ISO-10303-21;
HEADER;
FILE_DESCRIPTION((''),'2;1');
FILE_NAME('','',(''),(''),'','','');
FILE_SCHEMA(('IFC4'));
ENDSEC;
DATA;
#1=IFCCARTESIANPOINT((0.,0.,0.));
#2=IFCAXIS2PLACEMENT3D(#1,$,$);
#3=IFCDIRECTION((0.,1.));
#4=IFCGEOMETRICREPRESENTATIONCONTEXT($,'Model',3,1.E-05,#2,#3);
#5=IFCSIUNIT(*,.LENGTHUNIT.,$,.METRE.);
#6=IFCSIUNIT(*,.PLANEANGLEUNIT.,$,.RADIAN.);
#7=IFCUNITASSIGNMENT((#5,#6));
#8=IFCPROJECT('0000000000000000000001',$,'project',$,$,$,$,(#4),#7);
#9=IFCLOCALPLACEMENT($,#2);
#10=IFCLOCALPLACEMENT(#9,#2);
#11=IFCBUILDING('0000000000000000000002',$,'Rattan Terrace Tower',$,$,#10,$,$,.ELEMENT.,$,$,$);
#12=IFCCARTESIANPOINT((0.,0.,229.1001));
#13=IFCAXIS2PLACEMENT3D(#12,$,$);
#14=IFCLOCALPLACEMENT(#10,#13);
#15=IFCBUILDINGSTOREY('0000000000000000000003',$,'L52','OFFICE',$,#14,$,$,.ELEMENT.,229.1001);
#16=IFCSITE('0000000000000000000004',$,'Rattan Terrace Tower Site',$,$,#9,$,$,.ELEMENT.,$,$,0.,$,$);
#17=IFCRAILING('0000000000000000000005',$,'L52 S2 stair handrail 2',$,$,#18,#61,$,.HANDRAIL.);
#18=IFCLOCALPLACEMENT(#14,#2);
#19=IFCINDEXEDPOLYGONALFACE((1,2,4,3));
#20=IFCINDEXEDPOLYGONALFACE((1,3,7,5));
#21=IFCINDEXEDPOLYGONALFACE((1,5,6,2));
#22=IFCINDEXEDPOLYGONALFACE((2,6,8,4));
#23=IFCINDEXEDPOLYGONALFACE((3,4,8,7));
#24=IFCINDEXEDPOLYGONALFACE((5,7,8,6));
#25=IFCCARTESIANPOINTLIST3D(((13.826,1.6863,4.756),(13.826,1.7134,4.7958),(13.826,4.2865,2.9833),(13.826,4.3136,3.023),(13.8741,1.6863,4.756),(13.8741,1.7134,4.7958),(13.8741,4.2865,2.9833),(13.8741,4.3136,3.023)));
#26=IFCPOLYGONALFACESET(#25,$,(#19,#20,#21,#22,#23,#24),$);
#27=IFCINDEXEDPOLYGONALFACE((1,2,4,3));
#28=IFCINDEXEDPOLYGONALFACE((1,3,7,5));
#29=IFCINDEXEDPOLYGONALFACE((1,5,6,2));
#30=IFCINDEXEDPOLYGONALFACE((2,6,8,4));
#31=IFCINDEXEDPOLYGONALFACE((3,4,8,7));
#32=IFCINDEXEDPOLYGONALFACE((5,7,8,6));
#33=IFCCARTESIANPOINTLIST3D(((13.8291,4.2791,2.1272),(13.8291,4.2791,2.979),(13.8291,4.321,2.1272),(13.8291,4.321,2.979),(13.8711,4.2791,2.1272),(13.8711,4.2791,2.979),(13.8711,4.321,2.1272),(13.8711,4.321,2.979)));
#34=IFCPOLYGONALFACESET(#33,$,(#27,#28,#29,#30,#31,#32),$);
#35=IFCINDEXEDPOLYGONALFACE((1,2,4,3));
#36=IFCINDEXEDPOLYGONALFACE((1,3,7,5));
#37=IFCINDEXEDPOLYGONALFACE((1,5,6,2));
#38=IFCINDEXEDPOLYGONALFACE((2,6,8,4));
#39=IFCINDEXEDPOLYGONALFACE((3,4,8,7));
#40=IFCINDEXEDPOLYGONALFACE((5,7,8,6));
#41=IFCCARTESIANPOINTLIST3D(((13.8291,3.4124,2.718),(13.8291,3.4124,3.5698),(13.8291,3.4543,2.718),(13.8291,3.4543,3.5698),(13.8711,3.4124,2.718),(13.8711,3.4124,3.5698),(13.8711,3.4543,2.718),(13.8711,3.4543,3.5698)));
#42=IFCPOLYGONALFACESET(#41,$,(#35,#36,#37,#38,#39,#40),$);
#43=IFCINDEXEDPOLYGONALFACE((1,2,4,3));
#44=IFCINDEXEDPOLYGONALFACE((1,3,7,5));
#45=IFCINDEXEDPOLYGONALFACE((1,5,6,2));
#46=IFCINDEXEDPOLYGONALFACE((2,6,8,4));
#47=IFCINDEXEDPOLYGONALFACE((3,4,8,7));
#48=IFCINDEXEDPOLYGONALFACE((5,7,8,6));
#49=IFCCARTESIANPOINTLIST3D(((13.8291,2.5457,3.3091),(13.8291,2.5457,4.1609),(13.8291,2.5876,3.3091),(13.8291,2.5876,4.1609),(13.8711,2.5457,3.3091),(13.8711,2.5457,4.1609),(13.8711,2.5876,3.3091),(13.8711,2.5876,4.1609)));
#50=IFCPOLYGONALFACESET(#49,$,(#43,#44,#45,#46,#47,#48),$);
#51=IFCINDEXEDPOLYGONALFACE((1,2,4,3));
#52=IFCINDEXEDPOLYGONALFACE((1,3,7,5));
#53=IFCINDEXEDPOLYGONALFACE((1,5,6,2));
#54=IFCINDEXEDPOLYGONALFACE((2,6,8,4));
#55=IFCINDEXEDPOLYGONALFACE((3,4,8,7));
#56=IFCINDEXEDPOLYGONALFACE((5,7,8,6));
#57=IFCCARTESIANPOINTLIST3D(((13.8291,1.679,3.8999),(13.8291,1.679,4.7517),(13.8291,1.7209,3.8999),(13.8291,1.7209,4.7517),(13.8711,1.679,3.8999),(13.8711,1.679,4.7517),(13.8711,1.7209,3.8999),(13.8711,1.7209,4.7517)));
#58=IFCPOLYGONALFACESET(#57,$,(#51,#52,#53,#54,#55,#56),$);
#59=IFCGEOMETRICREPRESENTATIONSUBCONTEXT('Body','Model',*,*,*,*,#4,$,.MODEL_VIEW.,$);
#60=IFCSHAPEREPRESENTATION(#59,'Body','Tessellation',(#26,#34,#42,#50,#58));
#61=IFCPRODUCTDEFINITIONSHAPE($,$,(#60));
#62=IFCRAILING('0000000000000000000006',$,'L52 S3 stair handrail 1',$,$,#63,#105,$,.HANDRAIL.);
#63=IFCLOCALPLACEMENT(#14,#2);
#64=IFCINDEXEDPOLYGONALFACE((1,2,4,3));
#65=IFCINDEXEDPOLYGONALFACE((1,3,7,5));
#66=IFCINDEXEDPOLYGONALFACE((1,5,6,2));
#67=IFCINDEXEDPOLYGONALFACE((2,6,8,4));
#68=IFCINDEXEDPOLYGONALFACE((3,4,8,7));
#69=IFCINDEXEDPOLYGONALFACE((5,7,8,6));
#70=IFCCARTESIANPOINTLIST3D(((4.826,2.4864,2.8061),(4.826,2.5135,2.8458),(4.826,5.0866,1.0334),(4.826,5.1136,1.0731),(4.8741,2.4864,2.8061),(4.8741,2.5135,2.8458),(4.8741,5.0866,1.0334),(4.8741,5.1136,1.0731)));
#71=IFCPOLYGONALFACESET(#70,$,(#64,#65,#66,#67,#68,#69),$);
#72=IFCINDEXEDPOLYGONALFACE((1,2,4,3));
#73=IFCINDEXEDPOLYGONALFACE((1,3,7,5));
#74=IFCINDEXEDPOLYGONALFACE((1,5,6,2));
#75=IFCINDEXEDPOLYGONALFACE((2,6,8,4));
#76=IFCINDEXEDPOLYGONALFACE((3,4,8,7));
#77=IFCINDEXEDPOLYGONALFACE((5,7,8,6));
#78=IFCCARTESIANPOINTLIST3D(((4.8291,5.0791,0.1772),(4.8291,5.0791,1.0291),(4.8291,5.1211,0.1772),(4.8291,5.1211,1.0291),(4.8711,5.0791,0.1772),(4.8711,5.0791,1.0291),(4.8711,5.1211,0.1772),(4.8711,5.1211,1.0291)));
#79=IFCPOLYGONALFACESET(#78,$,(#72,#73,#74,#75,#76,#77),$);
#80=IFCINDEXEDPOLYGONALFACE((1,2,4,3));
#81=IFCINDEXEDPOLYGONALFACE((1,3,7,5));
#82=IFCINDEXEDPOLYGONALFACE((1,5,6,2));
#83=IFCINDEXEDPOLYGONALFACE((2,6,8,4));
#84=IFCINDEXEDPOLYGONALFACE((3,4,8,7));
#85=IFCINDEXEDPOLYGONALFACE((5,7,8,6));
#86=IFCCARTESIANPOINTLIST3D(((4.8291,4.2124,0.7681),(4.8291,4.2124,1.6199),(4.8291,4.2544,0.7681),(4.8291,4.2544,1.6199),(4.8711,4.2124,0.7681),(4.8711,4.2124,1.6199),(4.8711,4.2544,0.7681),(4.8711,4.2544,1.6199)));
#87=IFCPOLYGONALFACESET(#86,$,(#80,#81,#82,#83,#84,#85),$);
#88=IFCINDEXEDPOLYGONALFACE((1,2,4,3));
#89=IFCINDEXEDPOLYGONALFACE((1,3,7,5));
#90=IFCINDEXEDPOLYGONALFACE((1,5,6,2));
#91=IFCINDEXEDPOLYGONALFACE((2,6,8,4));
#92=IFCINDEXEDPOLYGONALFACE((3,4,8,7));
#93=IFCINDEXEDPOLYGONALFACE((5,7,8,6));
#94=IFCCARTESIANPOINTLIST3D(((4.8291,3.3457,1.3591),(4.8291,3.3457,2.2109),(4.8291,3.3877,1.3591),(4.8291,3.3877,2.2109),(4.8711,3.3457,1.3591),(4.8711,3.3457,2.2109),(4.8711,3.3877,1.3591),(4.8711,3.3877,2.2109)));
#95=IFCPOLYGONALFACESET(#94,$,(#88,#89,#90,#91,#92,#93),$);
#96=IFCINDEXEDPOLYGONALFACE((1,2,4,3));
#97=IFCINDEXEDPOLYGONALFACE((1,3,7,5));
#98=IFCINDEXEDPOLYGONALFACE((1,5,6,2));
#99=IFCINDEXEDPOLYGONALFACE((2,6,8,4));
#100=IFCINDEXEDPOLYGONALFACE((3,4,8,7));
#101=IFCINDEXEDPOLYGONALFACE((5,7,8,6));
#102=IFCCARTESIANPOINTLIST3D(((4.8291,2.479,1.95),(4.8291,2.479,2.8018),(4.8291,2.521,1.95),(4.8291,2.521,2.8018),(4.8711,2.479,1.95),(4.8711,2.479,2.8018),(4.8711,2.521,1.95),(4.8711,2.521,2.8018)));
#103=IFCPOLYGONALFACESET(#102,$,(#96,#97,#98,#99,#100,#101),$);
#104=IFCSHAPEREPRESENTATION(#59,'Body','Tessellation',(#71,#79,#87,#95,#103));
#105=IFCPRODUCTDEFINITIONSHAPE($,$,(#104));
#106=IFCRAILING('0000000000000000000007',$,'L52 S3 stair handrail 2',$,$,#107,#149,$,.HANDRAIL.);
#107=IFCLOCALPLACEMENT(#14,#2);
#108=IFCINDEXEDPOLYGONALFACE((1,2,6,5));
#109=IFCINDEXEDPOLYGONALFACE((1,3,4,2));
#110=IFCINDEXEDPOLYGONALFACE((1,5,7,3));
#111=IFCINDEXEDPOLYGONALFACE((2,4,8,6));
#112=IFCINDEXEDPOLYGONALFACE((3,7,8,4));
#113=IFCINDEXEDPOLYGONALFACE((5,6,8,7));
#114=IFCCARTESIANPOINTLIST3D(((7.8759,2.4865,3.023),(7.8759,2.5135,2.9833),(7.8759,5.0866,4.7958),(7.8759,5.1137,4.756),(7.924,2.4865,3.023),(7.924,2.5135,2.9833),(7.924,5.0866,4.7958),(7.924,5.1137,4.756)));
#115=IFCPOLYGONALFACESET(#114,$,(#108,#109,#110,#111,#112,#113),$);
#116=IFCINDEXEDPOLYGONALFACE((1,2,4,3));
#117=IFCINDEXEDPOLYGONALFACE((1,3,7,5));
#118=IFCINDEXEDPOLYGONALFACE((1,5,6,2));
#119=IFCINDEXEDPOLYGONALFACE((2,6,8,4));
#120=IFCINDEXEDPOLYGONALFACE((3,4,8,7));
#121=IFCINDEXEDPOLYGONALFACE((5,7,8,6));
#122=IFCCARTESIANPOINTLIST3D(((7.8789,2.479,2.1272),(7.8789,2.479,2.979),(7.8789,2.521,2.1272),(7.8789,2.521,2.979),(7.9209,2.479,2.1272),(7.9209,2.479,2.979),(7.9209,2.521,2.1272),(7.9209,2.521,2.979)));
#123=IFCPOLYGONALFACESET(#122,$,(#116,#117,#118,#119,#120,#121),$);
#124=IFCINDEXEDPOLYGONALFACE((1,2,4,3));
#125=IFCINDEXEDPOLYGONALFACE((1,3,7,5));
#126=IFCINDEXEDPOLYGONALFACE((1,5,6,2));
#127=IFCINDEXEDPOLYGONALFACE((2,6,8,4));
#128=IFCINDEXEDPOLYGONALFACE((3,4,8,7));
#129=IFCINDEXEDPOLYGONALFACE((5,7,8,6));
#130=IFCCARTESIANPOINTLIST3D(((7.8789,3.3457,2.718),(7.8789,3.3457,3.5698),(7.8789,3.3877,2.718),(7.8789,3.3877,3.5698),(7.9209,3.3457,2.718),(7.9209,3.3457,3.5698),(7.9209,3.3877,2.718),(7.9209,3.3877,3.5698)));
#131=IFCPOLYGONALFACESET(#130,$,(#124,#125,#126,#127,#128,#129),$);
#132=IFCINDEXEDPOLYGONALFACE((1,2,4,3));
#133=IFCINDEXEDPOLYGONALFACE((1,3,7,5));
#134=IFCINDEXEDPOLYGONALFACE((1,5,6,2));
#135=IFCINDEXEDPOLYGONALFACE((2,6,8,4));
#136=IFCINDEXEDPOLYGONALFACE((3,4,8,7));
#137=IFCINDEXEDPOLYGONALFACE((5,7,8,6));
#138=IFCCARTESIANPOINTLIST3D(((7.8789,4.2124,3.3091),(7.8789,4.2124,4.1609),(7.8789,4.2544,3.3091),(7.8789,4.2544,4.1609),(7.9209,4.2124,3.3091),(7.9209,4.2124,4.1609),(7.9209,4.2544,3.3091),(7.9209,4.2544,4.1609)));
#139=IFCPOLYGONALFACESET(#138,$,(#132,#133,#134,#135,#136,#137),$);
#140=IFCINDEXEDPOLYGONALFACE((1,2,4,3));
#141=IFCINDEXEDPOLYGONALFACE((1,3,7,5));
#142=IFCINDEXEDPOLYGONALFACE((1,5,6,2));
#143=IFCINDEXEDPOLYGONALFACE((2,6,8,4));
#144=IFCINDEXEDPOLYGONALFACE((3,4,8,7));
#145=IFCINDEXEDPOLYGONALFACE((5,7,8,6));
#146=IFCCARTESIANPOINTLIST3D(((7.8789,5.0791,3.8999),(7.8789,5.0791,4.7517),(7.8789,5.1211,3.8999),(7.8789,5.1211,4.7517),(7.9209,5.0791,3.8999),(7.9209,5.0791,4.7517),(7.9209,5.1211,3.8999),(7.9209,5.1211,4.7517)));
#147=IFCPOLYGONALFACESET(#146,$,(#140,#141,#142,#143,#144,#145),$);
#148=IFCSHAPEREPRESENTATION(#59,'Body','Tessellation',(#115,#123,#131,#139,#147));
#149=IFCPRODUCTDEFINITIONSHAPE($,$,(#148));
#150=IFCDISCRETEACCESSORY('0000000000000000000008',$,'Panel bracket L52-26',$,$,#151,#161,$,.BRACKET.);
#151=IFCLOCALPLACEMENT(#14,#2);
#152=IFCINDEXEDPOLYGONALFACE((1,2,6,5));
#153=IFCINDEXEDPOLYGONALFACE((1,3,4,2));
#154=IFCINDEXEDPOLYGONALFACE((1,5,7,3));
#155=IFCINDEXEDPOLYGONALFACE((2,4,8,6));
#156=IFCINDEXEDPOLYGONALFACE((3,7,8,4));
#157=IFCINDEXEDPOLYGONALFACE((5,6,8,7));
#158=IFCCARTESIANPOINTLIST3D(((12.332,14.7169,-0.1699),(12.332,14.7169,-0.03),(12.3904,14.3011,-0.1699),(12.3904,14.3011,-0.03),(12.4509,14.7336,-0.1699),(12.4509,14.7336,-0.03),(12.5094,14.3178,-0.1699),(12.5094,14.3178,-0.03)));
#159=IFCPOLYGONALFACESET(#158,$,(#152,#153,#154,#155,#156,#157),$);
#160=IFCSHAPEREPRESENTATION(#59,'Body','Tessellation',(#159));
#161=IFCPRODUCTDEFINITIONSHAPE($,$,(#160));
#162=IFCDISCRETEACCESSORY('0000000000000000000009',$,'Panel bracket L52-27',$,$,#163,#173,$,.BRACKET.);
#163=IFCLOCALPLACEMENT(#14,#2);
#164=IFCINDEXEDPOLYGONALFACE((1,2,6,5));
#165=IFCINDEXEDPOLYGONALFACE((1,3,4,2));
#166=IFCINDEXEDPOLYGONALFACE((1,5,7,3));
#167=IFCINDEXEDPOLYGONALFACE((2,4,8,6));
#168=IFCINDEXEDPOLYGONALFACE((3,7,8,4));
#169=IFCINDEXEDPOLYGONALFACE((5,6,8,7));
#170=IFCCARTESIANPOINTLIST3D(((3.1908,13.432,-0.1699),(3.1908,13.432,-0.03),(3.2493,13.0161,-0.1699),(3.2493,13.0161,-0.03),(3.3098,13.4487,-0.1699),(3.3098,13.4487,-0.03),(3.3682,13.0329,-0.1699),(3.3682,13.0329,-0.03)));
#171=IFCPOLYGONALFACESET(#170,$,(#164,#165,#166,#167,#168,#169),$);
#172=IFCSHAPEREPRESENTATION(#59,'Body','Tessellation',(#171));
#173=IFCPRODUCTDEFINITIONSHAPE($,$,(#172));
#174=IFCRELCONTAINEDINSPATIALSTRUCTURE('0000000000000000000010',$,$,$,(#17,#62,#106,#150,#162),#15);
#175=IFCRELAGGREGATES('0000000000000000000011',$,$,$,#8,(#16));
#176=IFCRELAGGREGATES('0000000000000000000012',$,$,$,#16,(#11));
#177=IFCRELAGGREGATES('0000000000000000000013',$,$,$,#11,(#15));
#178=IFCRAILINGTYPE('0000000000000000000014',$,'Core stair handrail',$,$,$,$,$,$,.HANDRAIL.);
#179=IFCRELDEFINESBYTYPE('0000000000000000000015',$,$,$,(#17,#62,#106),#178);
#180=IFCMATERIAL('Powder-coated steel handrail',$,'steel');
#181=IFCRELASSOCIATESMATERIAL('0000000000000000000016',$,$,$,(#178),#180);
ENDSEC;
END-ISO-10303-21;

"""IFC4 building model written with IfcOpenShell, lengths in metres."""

from ifc_helpers import new_model, si_unit, direction, frame, origin, origin_2d, place, context, subcontext, project, spatial, rectangle, extrude, material, type_object, element, save


model = new_model("IFC4")

# Units and contexts
model_context = context("Model", 3, precision=1e-05, world=origin(), true_north=direction((0.0, 1.0)))
body_context = subcontext(model_context, "Body", "Model", "MODEL_VIEW")
ifc_project = project(units=[si_unit("LENGTHUNIT", "METRE"), si_unit("PLANEANGLEUNIT", "RADIAN")], contexts=[model_context])

# Site, building, storey
site_placement = place(None, origin())
site = spatial("IfcSite", under=ifc_project, at=site_placement, Name="Rattan Terrace Tower Site", CompositionType="ELEMENT", RefElevation=0.0)
building_placement = place(site_placement, origin())
building = spatial("IfcBuilding", under=site, at=building_placement, Name="Rattan Terrace Tower", CompositionType="ELEMENT")
storey_placement = place(building_placement, frame((0.0, 0.0, 229.1001)))
storey = spatial("IfcBuildingStorey", under=building, at=storey_placement, Name="L52", Description="OFFICE", CompositionType="ELEMENT", Elevation=229.1001)

# Railings
ifc_material_1 = material(Name="Powder-coated steel handrail", Category="steel")
railing_type_1 = type_object("IfcRailingType", Name="Core stair handrail", PredefinedType="HANDRAIL", material=ifc_material_1)
for number, where, name in (
    (1, (13.8501, 4.3, 2.1272), "L52 S2 stair handrail 2"),
    (2, (4.8501, 5.1001, 0.1772), "L52 S3 stair handrail 1"),
):
    element("IfcRailing", number, at=place(storey_placement, frame(where)), inside=storey, type_object=railing_type_1, Name=name, PredefinedType="HANDRAIL", context=body_context, shape_type="SweptSolid", body=[
        extrude(rectangle(XDim=0.0481, YDim=0.0481, at=origin_2d()), frame((0.0, 0.0, 0.876), z_axis=(0.0, -0.82624, 0.563318), x_axis=(1.0, 0.0, 0.0)), (0.0, 0.0, 1.0), 3.147),
        extrude(rectangle(XDim=0.042, YDim=0.042, at=origin_2d()), origin(), (0.0, 0.0, 1.0), 0.8518),
        extrude(rectangle(XDim=0.042, YDim=0.042, at=origin_2d()), frame((0.0, -0.8667, 0.5908)), (0.0, 0.0, 1.0), 0.8518),
        extrude(rectangle(XDim=0.042, YDim=0.042, at=origin_2d()), frame((0.0, -1.7334, 1.1819)), (0.0, 0.0, 1.0), 0.8518),
        extrude(rectangle(XDim=0.042, YDim=0.042, at=origin_2d()), frame((0.0, -2.6001, 1.7727)), (0.0, 0.0, 1.0), 0.8518),
    ])
railing_1_placement = place(storey_placement, frame((7.8999, 2.5, 2.1272)))
element("IfcRailing", 3, at=railing_1_placement, inside=storey, type_object=railing_type_1, Name="L52 S3 stair handrail 2", PredefinedType="HANDRAIL", context=body_context, shape_type="SweptSolid", body=[
    extrude(rectangle(XDim=0.0481, YDim=0.0481, at=origin_2d()), frame((0.0, 0.0, 0.876), z_axis=(0.0, 0.82624, 0.563318), x_axis=(-1.0, 0.0, 0.0)), (0.0, 0.0, 1.0), 3.147),
    extrude(rectangle(XDim=0.042, YDim=0.042, at=origin_2d()), origin(), (0.0, 0.0, 1.0), 0.8518),
    extrude(rectangle(XDim=0.042, YDim=0.042, at=origin_2d()), frame((0.0, 0.8667, 0.5908)), (0.0, 0.0, 1.0), 0.8518),
    extrude(rectangle(XDim=0.042, YDim=0.042, at=origin_2d()), frame((0.0, 1.7334, 1.1819)), (0.0, 0.0, 1.0), 0.8518),
    extrude(rectangle(XDim=0.042, YDim=0.042, at=origin_2d()), frame((0.0, 2.6001, 1.7727)), (0.0, 0.0, 1.0), 0.8518),
])

# Discrete accessories
for number, where, z_axis, x_axis, name in (
    (4, (12.4207, 14.5173, -0.1699), (0.0, 0.0, 1.0), (-0.990267, -0.139177, 0.0), "Panel bracket L52-26"),
    (5, (3.2795, 13.2324, -0.1699), (0.0, 0.0, 1.0), (-0.990267, -0.139177, 0.0), "Panel bracket L52-27"),
):
    element("IfcDiscreteAccessory", number, at=place(storey_placement, frame(where, z_axis=z_axis, x_axis=x_axis)), inside=storey, Name=name, PredefinedType="BRACKET", context=body_context, shape_type="SweptSolid", body=[
        extrude(rectangle(XDim=0.1201, YDim=0.4199, at=origin_2d()), origin(), (0.0, 0.0, 1.0), 0.1399),
    ])

save(model, "model.ifc")
